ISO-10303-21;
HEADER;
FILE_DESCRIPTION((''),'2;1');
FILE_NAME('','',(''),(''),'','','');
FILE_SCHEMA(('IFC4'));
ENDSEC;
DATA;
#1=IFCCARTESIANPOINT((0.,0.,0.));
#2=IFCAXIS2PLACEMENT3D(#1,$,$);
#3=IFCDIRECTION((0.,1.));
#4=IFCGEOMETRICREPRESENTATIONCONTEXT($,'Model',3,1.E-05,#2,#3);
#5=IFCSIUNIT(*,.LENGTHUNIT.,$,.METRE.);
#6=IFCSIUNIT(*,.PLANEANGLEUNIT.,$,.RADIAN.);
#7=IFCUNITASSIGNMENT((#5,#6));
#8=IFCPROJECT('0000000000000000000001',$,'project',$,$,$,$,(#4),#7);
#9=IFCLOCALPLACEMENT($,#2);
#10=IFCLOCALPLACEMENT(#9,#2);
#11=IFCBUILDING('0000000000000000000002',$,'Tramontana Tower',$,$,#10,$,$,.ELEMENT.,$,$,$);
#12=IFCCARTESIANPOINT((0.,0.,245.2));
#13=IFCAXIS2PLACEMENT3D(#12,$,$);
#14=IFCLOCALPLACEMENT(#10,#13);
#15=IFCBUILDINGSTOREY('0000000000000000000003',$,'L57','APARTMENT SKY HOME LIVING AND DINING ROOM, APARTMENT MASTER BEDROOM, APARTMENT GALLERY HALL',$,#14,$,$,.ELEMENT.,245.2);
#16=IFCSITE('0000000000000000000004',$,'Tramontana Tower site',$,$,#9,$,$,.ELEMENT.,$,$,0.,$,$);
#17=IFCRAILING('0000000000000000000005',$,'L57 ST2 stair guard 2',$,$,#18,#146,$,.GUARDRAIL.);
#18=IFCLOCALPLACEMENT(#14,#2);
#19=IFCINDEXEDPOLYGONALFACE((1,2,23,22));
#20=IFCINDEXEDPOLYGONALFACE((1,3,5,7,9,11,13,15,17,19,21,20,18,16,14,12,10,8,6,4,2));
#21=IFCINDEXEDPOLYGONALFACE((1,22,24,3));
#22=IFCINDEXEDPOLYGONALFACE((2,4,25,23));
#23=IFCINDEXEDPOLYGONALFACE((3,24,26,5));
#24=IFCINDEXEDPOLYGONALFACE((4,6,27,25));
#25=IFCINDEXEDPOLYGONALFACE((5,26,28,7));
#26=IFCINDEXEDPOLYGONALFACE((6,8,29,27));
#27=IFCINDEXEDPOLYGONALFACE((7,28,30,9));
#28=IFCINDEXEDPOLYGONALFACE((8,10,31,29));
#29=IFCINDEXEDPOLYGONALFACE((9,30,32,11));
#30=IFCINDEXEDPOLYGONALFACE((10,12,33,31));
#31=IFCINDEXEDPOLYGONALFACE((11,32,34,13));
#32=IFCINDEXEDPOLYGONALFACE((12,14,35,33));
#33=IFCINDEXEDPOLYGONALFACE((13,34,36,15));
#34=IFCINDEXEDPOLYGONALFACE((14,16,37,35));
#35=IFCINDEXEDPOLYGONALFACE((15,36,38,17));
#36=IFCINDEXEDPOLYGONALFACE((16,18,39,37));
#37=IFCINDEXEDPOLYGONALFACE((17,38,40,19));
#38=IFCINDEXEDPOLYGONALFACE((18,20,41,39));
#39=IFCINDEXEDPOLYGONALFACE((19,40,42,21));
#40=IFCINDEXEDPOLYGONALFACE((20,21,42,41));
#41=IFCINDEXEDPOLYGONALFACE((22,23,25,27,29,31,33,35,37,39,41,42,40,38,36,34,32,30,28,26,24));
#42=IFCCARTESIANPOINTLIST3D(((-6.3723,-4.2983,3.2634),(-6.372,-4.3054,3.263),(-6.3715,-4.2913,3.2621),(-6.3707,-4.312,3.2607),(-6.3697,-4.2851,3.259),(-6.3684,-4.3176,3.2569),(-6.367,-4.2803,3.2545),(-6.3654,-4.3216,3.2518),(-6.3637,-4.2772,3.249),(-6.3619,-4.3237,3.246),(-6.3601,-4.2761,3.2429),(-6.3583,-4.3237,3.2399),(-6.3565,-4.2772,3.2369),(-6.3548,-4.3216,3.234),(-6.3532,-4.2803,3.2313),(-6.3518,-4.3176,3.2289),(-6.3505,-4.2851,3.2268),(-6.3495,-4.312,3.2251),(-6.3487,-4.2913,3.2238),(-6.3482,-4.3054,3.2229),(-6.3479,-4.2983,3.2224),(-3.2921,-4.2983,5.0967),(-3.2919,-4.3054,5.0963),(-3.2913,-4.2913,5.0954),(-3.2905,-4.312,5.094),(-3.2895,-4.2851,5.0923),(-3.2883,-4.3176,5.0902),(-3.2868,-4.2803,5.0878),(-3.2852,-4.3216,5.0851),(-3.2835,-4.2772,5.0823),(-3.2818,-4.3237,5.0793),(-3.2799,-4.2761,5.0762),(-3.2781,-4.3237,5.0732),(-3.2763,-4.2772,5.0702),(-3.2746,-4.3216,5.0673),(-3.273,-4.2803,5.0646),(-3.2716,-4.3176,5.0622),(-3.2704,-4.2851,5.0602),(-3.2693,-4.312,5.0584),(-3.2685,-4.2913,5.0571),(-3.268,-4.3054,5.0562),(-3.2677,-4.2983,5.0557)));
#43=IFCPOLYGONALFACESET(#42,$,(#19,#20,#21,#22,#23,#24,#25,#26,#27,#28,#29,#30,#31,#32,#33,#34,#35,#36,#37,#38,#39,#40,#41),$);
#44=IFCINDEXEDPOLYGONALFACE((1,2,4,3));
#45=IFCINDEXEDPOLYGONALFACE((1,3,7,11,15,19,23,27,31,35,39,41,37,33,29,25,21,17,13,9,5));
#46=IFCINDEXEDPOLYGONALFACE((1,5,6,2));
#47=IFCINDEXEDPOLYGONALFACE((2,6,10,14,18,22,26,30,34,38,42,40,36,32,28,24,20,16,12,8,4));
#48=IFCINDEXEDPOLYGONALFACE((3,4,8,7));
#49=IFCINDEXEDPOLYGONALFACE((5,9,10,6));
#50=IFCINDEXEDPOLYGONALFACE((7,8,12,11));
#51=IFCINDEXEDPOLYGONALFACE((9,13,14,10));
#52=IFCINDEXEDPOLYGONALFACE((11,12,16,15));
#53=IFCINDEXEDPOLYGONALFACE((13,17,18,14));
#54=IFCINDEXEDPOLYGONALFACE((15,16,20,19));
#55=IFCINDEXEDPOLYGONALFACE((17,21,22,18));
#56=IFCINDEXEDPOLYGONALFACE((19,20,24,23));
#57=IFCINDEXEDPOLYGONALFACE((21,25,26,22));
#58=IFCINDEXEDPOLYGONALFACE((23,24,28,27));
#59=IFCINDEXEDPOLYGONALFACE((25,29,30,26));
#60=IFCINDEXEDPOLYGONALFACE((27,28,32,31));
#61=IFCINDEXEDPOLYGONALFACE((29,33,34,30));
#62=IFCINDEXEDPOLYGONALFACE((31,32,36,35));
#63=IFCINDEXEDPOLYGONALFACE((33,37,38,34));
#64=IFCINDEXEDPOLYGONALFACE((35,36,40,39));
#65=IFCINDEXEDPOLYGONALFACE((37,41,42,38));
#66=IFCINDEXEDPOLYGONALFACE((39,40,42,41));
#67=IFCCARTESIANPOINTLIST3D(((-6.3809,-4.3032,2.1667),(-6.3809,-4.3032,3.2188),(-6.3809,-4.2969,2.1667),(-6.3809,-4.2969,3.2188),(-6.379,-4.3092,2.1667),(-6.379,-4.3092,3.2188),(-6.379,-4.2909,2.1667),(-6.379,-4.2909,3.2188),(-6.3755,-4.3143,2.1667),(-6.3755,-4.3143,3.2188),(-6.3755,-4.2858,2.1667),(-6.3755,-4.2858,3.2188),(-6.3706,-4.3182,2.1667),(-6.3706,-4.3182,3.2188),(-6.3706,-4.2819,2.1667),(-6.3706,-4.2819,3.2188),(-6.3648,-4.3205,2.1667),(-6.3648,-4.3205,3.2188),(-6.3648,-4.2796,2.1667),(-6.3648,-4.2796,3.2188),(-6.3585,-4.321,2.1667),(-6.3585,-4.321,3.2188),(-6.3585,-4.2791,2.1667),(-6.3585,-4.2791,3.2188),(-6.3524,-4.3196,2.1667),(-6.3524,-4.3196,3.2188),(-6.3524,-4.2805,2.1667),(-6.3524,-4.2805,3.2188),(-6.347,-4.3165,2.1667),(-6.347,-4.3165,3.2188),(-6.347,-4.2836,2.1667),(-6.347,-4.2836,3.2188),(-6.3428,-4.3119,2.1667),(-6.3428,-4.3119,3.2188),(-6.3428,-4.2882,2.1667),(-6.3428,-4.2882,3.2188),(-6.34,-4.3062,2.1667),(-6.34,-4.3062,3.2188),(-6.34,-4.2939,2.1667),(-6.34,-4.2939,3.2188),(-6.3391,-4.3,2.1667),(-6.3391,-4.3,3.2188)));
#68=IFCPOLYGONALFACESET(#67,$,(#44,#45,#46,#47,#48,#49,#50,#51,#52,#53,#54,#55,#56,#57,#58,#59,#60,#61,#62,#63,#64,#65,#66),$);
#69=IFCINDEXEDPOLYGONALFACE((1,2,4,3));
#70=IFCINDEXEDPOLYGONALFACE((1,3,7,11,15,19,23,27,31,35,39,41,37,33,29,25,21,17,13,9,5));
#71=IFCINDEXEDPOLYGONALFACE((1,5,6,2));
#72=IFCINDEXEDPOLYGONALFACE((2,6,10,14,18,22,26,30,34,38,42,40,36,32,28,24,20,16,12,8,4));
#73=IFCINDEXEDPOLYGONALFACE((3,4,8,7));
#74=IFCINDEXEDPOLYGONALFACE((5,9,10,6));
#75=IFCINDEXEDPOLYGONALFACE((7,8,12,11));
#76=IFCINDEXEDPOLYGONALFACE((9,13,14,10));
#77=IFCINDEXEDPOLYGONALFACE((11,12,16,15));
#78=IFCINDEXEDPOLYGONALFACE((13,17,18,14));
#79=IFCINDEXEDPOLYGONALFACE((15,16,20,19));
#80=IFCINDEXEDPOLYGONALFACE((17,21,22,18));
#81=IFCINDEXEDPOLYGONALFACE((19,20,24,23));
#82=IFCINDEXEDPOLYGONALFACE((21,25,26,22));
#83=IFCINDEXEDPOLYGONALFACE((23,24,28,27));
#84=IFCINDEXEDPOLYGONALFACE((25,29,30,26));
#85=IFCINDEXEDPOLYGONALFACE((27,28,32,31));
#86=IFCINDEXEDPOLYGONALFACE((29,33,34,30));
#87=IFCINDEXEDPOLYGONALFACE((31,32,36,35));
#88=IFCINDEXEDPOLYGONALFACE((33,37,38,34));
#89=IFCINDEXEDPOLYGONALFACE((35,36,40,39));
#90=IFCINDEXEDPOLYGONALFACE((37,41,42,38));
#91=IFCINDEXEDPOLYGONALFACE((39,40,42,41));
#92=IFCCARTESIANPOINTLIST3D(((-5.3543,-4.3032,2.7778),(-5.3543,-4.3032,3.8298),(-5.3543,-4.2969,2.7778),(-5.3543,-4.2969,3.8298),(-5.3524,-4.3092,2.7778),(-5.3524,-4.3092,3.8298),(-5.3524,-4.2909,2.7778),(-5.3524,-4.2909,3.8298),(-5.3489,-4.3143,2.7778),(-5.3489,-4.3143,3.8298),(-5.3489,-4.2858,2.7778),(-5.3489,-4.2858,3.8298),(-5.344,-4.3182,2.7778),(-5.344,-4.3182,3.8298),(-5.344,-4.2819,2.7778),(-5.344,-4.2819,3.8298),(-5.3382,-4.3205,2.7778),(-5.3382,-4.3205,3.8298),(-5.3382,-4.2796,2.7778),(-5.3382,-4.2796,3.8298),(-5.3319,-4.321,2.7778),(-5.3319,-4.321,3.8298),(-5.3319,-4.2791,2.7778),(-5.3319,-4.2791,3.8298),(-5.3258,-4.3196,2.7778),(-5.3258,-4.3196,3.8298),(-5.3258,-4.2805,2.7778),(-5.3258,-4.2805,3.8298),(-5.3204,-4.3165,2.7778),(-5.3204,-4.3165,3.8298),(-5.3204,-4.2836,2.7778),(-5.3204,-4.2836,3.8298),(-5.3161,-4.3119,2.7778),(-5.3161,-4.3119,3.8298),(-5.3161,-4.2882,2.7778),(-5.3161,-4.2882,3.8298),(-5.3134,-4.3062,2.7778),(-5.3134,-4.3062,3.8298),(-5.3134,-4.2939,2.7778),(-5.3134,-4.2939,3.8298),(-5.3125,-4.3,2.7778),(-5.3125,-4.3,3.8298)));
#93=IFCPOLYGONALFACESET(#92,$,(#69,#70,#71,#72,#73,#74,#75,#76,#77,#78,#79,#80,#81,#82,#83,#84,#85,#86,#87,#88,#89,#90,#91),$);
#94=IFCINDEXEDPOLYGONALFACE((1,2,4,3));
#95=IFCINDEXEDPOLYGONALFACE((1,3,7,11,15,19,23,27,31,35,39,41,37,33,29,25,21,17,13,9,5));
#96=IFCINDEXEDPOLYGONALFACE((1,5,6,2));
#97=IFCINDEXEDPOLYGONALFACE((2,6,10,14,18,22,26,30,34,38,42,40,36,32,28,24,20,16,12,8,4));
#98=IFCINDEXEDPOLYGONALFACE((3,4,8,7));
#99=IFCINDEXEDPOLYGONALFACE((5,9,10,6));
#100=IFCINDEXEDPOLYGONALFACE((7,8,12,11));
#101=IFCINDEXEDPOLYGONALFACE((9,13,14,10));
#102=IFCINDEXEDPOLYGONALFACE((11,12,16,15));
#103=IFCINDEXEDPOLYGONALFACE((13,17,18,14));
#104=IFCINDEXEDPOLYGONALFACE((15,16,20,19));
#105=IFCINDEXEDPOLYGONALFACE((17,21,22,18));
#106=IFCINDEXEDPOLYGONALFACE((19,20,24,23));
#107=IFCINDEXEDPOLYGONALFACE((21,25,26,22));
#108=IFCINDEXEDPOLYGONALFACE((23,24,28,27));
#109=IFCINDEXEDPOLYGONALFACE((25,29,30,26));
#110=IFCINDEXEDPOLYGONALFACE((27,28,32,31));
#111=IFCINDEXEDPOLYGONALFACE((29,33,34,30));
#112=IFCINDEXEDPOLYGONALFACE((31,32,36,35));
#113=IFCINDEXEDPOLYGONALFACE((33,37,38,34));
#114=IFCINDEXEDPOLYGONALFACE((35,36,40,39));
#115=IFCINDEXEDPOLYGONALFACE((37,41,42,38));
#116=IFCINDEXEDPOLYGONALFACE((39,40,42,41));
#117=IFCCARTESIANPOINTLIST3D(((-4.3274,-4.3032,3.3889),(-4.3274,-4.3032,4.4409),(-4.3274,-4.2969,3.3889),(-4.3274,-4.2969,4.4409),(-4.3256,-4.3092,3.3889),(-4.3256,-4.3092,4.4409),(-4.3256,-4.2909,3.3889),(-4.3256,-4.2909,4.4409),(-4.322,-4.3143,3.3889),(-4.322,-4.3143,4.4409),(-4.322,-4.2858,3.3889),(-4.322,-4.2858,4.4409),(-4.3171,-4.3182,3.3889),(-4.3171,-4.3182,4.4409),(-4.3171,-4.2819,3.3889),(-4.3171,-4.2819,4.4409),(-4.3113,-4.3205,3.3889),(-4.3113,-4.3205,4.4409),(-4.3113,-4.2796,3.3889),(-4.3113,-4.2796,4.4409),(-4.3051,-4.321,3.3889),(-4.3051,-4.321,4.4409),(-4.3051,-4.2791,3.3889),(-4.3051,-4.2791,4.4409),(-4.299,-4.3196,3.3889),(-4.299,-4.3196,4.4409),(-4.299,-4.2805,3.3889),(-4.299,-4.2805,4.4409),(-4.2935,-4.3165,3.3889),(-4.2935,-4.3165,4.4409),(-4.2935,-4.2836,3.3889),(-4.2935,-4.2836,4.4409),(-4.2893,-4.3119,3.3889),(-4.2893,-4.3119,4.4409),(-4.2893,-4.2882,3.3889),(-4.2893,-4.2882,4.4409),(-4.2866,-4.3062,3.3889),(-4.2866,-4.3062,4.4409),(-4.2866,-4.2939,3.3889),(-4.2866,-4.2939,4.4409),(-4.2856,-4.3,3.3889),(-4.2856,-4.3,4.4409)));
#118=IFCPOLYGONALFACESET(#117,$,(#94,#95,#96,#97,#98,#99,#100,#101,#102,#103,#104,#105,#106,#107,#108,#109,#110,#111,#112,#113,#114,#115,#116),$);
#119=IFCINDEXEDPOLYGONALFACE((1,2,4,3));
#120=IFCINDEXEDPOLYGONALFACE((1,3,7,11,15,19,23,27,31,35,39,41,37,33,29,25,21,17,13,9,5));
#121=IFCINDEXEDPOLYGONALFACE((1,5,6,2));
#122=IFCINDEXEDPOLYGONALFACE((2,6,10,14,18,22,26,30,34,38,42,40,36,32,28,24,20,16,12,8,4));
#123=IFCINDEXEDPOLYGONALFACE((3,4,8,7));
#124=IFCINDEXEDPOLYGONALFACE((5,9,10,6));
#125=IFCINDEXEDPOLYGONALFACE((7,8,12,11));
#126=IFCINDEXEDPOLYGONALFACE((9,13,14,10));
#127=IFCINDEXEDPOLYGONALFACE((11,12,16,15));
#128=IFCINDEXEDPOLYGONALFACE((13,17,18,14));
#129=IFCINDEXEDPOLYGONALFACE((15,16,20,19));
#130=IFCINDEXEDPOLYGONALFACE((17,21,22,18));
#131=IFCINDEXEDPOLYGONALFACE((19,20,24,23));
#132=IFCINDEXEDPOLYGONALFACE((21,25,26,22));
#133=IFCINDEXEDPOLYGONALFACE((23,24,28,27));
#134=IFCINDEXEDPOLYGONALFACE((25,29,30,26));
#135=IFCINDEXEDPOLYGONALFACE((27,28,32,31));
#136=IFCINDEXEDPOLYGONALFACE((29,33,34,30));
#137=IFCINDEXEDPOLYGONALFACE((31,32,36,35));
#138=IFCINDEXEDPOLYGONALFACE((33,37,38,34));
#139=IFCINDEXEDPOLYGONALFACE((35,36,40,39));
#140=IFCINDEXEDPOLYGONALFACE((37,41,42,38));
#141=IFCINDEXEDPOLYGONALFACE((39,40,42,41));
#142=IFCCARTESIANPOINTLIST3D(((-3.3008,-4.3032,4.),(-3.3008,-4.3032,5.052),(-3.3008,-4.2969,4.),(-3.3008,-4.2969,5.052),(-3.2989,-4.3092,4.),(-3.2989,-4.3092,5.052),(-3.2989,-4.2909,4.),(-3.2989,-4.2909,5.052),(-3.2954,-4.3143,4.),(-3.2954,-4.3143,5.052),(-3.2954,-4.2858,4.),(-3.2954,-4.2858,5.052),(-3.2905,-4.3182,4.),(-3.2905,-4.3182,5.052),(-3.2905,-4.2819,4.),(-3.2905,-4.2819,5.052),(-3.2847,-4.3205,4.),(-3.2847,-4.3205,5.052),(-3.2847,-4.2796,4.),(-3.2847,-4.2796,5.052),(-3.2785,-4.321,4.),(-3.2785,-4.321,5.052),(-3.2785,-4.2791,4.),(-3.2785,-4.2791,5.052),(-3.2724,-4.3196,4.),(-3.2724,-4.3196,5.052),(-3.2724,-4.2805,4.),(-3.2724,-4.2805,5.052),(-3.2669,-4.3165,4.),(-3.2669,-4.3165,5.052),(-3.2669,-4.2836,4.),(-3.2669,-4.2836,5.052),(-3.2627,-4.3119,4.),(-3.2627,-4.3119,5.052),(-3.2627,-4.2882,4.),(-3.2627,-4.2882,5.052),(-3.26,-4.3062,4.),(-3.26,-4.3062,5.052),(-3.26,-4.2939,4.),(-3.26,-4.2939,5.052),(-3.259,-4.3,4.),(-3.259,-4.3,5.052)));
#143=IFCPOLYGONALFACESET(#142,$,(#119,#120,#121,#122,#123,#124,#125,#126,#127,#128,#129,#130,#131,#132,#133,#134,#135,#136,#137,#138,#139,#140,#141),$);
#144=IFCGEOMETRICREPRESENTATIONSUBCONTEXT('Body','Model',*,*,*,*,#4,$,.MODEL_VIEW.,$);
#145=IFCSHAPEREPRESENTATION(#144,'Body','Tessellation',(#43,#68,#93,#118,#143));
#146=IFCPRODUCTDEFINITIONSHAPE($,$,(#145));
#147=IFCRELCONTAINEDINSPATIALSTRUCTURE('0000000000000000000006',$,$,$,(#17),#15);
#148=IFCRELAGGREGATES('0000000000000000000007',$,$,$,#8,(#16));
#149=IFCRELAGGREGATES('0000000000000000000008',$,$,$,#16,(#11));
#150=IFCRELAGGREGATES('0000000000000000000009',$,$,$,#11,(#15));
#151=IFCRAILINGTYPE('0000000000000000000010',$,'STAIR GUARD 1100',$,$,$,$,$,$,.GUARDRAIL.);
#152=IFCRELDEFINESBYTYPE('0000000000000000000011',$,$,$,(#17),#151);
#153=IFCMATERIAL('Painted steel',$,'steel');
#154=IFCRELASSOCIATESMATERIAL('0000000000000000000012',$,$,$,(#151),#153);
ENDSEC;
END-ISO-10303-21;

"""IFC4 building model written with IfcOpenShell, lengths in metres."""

from ifc_helpers import new_model, si_unit, direction, frame, origin, origin_2d, place, context, subcontext, project, spatial, circle, extrude, material, type_object, element, save


model = new_model("IFC4")

# Units and contexts
model_context = context("Model", 3, precision=1e-05, world=origin(), true_north=direction((0.0, 1.0)))
body_context = subcontext(model_context, "Body", "Model", "MODEL_VIEW")
ifc_project = project(units=[si_unit("LENGTHUNIT", "METRE"), si_unit("PLANEANGLEUNIT", "RADIAN")], contexts=[model_context])

# Site, building, storey
site_placement = place(None, origin())
site = spatial("IfcSite", under=ifc_project, at=site_placement, Name="Tramontana Tower site", CompositionType="ELEMENT", RefElevation=0.0)
building_placement = place(site_placement, origin())
building = spatial("IfcBuilding", under=site, at=building_placement, Name="Tramontana Tower", CompositionType="ELEMENT")
storey_placement = place(building_placement, frame((0.0, 0.0, 245.2)))
storey = spatial("IfcBuildingStorey", under=building, at=storey_placement, Name="L57", Description="APARTMENT SKY HOME LIVING AND DINING ROOM, APARTMENT MASTER BEDROOM, APARTMENT GALLERY HALL", CompositionType="ELEMENT", Elevation=245.2)

# Railing
ifc_material_1 = material(Name="Painted steel", Category="steel")
railing_type_1 = type_object("IfcRailingType", Name="STAIR GUARD 1100", PredefinedType="GUARDRAIL", material=ifc_material_1)
railing_1_placement = place(storey_placement, frame((-6.3601, -4.3, 2.1667)))
element("IfcRailing", 1, at=railing_1_placement, inside=storey, type_object=railing_type_1, Name="L57 ST2 stair guard 2", PredefinedType="GUARDRAIL", context=body_context, shape_type="SweptSolid", body=[
    extrude(circle(Radius=0.0239, at=origin_2d()), frame((0.0, 0.0, 1.0762), z_axis=(0.859309, 0.0, 0.511458), x_axis=(0.0, 1.0, 0.0)), (0.0, 0.0, 1.0), 3.5845),
    extrude(circle(Radius=0.021, at=origin_2d()), origin(), (0.0, 0.0, 1.0), 1.052),
    extrude(circle(Radius=0.021, at=origin_2d()), frame((1.0266, 0.0, 0.6111)), (0.0, 0.0, 1.0), 1.052),
    extrude(circle(Radius=0.021, at=origin_2d()), frame((2.0535, 0.0, 1.2222)), (0.0, 0.0, 1.0), 1.052),
    extrude(circle(Radius=0.021, at=origin_2d()), frame((3.0801, 0.0, 1.8333)), (0.0, 0.0, 1.0), 1.052),
])

save(model, "model.ifc")
